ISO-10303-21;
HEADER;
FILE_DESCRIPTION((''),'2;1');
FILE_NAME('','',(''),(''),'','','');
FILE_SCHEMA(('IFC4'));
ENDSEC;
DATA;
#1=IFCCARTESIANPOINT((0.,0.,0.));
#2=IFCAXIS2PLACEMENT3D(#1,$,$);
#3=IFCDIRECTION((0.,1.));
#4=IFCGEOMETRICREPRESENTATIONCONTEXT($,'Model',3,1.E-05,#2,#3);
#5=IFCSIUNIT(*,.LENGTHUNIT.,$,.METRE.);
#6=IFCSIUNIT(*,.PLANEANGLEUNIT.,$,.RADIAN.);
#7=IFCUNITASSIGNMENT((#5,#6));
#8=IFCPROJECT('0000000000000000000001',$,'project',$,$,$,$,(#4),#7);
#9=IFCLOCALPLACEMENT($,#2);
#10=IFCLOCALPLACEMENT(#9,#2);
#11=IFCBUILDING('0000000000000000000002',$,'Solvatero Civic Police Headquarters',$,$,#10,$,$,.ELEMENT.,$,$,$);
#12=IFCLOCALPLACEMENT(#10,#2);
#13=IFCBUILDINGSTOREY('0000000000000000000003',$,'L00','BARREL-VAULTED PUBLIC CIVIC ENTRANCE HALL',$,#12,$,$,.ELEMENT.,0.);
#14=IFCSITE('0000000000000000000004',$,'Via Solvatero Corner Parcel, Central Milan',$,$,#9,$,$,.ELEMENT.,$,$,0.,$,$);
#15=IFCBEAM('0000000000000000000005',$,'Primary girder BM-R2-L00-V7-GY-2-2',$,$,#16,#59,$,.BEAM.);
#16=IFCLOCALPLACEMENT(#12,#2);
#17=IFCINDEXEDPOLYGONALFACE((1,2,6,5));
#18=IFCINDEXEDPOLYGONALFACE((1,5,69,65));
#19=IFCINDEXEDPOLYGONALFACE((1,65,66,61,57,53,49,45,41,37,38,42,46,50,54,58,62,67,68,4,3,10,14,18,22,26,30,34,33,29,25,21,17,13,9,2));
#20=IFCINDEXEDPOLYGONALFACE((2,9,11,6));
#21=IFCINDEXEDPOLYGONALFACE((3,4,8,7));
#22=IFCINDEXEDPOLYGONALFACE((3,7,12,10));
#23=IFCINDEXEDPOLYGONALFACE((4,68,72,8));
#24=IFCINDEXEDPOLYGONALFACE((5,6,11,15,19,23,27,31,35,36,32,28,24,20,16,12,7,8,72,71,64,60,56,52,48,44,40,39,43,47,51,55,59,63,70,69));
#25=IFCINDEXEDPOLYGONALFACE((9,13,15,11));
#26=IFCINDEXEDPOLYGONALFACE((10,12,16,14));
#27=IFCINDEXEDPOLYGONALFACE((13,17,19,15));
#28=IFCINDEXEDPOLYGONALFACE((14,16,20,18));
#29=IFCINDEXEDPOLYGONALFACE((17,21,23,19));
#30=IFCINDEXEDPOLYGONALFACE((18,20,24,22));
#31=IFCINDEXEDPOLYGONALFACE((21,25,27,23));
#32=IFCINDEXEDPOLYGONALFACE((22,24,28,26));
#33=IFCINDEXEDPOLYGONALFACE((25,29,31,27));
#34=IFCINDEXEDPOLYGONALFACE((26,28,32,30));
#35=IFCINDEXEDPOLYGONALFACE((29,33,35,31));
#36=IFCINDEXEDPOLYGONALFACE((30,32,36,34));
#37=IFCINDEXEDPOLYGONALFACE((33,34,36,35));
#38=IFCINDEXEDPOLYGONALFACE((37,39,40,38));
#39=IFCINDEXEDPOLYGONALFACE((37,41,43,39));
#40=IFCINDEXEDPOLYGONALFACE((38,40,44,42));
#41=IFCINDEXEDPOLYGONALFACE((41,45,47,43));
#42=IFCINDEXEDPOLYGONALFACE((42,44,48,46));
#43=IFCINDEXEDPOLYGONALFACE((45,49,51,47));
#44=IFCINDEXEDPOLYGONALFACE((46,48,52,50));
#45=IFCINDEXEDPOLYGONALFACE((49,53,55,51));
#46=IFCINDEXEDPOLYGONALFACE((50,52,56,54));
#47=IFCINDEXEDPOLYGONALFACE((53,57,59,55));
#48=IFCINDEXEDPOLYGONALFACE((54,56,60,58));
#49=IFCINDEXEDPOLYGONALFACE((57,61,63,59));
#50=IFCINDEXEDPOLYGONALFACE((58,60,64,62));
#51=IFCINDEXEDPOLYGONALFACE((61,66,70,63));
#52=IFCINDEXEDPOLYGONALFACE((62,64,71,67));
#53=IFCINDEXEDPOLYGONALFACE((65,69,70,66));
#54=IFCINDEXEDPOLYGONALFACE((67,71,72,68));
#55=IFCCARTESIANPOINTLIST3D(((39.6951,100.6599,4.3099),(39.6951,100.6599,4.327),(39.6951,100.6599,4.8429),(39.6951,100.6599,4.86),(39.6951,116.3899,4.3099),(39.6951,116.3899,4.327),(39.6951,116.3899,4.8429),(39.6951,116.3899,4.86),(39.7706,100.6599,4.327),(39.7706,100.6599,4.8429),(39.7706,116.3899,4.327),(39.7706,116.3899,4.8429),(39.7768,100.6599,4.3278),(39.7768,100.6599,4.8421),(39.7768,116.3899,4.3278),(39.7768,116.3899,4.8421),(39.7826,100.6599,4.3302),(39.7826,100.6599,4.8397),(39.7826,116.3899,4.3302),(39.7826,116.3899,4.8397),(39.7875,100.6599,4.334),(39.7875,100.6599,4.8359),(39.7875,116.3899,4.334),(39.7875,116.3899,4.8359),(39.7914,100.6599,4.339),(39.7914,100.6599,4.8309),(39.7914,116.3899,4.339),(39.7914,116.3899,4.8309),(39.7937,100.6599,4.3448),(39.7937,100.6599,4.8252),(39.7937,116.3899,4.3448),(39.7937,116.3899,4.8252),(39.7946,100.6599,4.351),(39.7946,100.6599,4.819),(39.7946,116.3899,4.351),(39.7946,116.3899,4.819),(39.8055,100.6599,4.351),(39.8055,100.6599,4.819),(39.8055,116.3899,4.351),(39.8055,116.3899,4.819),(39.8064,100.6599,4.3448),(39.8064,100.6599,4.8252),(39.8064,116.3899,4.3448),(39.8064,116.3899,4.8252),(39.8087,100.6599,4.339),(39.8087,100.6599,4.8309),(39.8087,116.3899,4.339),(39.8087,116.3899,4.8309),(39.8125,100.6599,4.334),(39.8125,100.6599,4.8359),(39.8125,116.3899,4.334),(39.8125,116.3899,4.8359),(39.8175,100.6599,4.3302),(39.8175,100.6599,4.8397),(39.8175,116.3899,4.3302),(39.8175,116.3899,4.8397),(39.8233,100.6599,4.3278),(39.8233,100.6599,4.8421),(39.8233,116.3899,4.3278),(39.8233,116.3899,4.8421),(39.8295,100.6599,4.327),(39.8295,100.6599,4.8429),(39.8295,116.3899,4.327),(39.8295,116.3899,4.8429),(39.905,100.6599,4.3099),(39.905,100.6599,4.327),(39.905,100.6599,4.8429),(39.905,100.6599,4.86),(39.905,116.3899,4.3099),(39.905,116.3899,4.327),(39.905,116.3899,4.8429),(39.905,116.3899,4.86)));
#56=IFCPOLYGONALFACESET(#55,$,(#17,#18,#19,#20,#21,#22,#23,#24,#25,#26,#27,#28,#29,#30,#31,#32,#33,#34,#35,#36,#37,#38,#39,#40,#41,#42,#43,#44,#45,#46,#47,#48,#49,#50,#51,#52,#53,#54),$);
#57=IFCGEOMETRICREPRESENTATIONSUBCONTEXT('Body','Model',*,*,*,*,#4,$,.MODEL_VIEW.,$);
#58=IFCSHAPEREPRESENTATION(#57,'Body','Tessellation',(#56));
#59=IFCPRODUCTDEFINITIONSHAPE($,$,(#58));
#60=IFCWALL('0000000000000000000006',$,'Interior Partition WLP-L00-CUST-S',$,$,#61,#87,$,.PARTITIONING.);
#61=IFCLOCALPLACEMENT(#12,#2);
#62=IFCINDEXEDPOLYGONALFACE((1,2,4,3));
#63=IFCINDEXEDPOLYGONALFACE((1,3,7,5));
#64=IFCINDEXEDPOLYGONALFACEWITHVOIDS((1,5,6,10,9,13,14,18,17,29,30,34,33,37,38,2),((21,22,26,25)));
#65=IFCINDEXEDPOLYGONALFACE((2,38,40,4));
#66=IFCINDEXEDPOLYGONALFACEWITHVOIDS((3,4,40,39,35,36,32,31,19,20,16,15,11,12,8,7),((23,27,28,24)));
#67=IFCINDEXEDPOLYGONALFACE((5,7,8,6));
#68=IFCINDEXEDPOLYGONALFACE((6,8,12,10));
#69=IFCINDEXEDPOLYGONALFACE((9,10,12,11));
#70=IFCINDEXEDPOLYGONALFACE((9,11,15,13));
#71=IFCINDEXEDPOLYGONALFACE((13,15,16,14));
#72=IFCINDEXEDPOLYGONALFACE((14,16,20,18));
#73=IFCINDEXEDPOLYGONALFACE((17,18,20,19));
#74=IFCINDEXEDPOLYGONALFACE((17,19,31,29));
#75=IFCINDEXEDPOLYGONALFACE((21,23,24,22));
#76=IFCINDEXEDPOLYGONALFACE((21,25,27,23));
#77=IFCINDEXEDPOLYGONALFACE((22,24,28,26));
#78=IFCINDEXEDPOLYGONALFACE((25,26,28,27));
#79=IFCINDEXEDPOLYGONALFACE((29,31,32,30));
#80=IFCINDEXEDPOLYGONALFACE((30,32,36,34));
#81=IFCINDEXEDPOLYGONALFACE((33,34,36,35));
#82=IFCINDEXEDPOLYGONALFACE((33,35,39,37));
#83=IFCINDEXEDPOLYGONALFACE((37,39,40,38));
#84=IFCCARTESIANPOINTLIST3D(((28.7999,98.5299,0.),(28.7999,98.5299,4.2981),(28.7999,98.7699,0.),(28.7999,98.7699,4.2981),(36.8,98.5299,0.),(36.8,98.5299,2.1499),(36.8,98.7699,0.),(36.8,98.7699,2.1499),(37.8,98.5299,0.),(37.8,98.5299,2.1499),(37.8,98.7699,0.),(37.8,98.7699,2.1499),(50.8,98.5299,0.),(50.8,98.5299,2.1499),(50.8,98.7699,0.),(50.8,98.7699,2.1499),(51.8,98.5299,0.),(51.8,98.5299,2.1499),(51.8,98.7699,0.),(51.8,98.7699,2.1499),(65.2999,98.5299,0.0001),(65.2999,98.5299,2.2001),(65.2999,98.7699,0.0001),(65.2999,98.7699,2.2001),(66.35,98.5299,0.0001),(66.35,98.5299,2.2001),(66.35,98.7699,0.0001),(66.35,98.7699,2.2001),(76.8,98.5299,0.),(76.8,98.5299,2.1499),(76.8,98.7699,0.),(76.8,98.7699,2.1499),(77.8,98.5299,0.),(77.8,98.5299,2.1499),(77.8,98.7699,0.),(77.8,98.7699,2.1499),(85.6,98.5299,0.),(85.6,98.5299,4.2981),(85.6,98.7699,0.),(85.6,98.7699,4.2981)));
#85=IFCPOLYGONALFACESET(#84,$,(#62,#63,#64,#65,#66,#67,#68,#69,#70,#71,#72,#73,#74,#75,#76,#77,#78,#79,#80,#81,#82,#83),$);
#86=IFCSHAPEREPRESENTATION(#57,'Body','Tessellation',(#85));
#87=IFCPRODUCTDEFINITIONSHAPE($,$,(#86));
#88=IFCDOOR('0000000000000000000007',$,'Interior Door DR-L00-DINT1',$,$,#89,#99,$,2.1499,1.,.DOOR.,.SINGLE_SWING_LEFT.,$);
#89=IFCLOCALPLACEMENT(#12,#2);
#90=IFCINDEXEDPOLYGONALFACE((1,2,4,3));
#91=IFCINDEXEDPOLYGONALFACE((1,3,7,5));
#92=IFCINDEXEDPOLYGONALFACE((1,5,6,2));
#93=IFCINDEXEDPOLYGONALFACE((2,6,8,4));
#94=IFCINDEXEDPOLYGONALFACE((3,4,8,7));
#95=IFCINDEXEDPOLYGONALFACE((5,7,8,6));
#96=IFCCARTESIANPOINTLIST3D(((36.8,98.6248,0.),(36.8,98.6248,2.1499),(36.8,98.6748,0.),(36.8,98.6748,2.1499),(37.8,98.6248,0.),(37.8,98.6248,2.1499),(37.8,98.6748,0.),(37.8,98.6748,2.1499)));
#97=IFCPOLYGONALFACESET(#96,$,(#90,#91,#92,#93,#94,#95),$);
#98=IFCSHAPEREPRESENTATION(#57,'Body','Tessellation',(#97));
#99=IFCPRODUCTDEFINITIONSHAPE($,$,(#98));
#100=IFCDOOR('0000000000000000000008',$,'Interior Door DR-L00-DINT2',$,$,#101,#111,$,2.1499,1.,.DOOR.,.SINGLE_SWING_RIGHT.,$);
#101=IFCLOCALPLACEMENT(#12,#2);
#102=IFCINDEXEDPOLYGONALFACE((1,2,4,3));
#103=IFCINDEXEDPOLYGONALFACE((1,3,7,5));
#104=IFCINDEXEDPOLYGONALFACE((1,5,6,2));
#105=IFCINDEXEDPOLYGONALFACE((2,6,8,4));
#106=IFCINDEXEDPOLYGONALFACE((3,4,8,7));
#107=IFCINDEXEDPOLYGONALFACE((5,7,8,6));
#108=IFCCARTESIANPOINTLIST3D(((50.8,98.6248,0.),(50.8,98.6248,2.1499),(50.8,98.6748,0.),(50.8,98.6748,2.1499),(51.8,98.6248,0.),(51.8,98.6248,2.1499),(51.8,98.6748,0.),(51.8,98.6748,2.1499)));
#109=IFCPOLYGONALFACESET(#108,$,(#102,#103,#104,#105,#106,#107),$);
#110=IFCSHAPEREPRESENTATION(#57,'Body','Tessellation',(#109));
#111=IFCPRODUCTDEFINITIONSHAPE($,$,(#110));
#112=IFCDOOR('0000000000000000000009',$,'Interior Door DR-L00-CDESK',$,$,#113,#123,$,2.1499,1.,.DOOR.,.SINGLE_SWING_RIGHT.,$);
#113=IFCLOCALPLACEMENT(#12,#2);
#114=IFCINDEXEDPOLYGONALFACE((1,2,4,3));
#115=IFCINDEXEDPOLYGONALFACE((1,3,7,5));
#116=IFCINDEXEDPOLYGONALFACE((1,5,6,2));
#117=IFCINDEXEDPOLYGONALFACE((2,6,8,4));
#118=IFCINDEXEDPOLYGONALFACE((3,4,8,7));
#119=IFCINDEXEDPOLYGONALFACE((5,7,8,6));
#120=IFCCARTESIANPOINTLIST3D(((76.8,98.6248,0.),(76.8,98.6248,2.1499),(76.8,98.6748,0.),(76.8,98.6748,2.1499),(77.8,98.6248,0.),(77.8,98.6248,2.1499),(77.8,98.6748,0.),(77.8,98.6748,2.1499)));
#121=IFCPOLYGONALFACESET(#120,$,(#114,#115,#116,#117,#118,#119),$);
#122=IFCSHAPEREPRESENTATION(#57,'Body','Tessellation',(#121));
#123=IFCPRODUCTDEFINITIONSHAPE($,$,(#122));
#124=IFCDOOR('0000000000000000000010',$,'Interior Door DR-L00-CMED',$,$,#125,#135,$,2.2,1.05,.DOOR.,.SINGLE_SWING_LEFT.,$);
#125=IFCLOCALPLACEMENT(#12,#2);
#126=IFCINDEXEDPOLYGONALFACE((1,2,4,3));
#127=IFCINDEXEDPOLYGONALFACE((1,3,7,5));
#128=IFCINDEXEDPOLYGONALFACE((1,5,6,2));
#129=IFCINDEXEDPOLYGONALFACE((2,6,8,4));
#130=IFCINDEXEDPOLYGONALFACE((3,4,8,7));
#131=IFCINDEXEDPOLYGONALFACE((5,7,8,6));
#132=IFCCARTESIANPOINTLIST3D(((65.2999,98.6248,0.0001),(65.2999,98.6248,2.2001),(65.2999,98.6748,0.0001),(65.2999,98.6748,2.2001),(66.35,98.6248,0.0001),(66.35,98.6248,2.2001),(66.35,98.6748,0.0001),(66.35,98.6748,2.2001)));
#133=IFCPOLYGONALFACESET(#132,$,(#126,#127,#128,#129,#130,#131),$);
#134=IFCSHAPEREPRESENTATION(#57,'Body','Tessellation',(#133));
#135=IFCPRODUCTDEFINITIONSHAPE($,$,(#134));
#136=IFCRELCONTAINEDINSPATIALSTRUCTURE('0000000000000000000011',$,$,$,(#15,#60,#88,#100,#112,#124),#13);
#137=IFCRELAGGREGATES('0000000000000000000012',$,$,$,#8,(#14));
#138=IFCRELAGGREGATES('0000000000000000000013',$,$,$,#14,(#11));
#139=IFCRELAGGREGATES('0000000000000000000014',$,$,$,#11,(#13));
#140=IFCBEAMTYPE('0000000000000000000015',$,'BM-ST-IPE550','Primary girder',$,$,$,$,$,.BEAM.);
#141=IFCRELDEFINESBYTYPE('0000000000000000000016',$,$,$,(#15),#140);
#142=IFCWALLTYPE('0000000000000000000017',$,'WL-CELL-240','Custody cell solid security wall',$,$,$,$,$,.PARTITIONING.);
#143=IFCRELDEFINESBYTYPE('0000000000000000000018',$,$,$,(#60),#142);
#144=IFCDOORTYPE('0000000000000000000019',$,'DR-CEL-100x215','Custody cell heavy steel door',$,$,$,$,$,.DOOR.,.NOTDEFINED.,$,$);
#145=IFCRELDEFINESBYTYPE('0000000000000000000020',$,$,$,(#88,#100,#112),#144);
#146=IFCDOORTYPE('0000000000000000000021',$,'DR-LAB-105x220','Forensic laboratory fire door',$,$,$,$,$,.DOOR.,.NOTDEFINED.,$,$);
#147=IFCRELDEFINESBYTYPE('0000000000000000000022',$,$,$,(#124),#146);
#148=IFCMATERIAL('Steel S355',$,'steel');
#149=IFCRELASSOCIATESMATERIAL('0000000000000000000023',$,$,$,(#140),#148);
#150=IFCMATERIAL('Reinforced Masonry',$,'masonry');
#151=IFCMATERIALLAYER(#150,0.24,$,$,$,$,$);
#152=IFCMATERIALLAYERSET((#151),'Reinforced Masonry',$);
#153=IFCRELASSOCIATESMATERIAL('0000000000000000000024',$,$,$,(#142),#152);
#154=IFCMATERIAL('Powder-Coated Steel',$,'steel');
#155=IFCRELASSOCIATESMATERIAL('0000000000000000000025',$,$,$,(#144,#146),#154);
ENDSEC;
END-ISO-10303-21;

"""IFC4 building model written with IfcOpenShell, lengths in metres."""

from ifc_helpers import new_model, si_unit, direction, frame, frame_2d, origin, origin_2d, place, context, subcontext, project, spatial, rectangle, i_section, extrude, material, layer, layer_set, material_profile, profile_set, type_object, element, fill, save


model = new_model("IFC4")

# Units and contexts
model_context = context("Model", 3, precision=1e-05, world=origin(), true_north=direction((0.0, 1.0)))
body_context = subcontext(model_context, "Body", "Model", "MODEL_VIEW")
ifc_project = project(units=[si_unit("LENGTHUNIT", "METRE"), si_unit("PLANEANGLEUNIT", "RADIAN")], contexts=[model_context])

# Site, building, storey
site_placement = place(None, origin())
site = spatial("IfcSite", under=ifc_project, at=site_placement, Name="Via Solvatero Corner Parcel, Central Milan", CompositionType="ELEMENT", RefElevation=0.0)
building_placement = place(site_placement, origin())
building = spatial("IfcBuilding", under=site, at=building_placement, Name="Solvatero Civic Police Headquarters", CompositionType="ELEMENT")
storey_placement = place(building_placement, origin())
storey = spatial("IfcBuildingStorey", under=building, at=storey_placement, Name="L00", Description="BARREL-VAULTED PUBLIC CIVIC ENTRANCE HALL", CompositionType="ELEMENT", Elevation=0.0)

# Beam
ifc_material_1 = material(Name="Steel S355", Category="steel")
ifc_material_profile_1 = material_profile(ifc_material_1, i_section(OverallWidth=0.21, OverallDepth=0.55, WebThickness=0.011, FlangeThickness=0.0171, FilletRadius=0.0239, at=origin_2d()), Name="IPE 550")
ifc_profile_set_1 = profile_set([ifc_material_profile_1], Name="Steel S355")
beam_type_1 = type_object("IfcBeamType", Name="BM-ST-IPE550", Description="Primary girder", PredefinedType="BEAM", material=ifc_profile_set_1)
beam_1_placement = place(storey_placement, frame((39.8, 100.6599, 4.585), z_axis=(0.0, 1.0, 0.0), x_axis=(-1.0, 0.0, 0.0)))
element("IfcBeam", 1, at=beam_1_placement, inside=storey, type_object=beam_type_1, Name="Primary girder BM-R2-L00-V7-GY-2-2", PredefinedType="BEAM", context=body_context, shape_type="SweptSolid", body=[
    extrude(i_section(OverallWidth=0.21, OverallDepth=0.55, WebThickness=0.011, FlangeThickness=0.0171, FilletRadius=0.0239, at=origin_2d()), origin(), (0.0, 0.0, 1.0), 15.73),
])

# Wall, openings, doors
ifc_material_2 = material(Name="Reinforced Masonry", Category="masonry")
ifc_layer = layer(ifc_material_2, 0.24)
ifc_layer_set = layer_set([ifc_layer], Name="Reinforced Masonry")
wall_type = type_object("IfcWallType", Name="WL-CELL-240", Description="Custody cell solid security wall", PredefinedType="PARTITIONING", material=ifc_layer_set)
wall_placement = place(storey_placement, frame((28.8, 98.6499, 0.0), z_axis=(0.0, 0.0, 1.0), x_axis=(1.0, 0.0, 0.0)))
wall = element("IfcWall", 2, at=wall_placement, inside=storey, type_object=wall_type, Name="Interior Partition WLP-L00-CUST-S", PredefinedType="PARTITIONING", context=body_context, shape_type="SweptSolid", body=[
    extrude(rectangle(XDim=56.8, YDim=0.24, at=frame_2d((28.3999, 0.0))), origin(), (0.0, 0.0, 1.0), 4.2981),
])
opening_1_placement = place(wall_placement, frame((8.0, 0.0, 0.0)))
opening_1 = element("IfcOpeningElement", 3, at=opening_1_placement, cuts=wall, PredefinedType="OPENING", context=body_context, shape_type="SweptSolid", body=[
    extrude(rectangle(XDim=1.0, YDim=2.1499, at=frame_2d((0.5, 1.075))), frame((0.0, 0.1299, 0.0), z_axis=(0.0, -1.0, 0.0), x_axis=(1.0, 0.0, 0.0)), (0.0, 0.0, 1.0), 0.26),
])
opening_2_placement = place(wall_placement, frame((22.0, 0.0, 0.0)))
opening_2 = element("IfcOpeningElement", 4, at=opening_2_placement, cuts=wall, PredefinedType="OPENING", context=body_context, shape_type="SweptSolid", body=[
    extrude(rectangle(XDim=1.0, YDim=2.1499, at=frame_2d((0.5, 1.075))), frame((0.0, 0.1299, 0.0), z_axis=(0.0, -1.0, 0.0), x_axis=(1.0, 0.0, 0.0)), (0.0, 0.0, 1.0), 0.26),
])
opening_3_placement = place(wall_placement, frame((36.5, 0.0, 0.0)))
opening_3 = element("IfcOpeningElement", 5, at=opening_3_placement, cuts=wall, PredefinedType="OPENING", context=body_context, shape_type="SweptSolid", body=[
    extrude(rectangle(XDim=1.05, YDim=2.2, at=frame_2d((0.5249, 1.1001))), frame((0.0, 0.1299, 0.0), z_axis=(0.0, -1.0, 0.0), x_axis=(1.0, 0.0, 0.0)), (0.0, 0.0, 1.0), 0.26),
])
opening_4_placement = place(wall_placement, frame((48.0, 0.0, 0.0)))
opening_4 = element("IfcOpeningElement", 6, at=opening_4_placement, cuts=wall, PredefinedType="OPENING", context=body_context, shape_type="SweptSolid", body=[
    extrude(rectangle(XDim=1.0, YDim=2.1499, at=frame_2d((0.5, 1.075))), frame((0.0, 0.1299, 0.0), z_axis=(0.0, -1.0, 0.0), x_axis=(1.0, 0.0, 0.0)), (0.0, 0.0, 1.0), 0.26),
])
ifc_material_3 = material(Name="Powder-Coated Steel", Category="steel")
door_type_1 = type_object("IfcDoorType", Name="DR-CEL-100x215", Description="Custody cell heavy steel door", OperationType="NOTDEFINED", PredefinedType="DOOR", material=ifc_material_3)
door_1_placement = place(opening_1_placement, origin())
door_1 = element("IfcDoor", 7, at=door_1_placement, inside=storey, type_object=door_type_1, Name="Interior Door DR-L00-DINT1", OperationType="SINGLE_SWING_LEFT", OverallHeight=2.1499, OverallWidth=1.0, PredefinedType="DOOR", context=body_context, shape_type="SweptSolid", body=[
    extrude(rectangle(XDim=1.0, YDim=2.1499, at=frame_2d((0.5, 1.075))), frame((0.0, 0.0249, 0.0), z_axis=(0.0, -1.0, 0.0), x_axis=(1.0, 0.0, 0.0)), (0.0, 0.0, 1.0), 0.05),
])
fill(opening_1, door_1)
door_2_placement = place(opening_2_placement, origin())
door_2 = element("IfcDoor", 8, at=door_2_placement, inside=storey, type_object=door_type_1, Name="Interior Door DR-L00-DINT2", OperationType="SINGLE_SWING_RIGHT", OverallHeight=2.1499, OverallWidth=1.0, PredefinedType="DOOR", context=body_context, shape_type="SweptSolid", body=[
    extrude(rectangle(XDim=1.0, YDim=2.1499, at=frame_2d((0.5, 1.075))), frame((0.0, 0.0249, 0.0), z_axis=(0.0, -1.0, 0.0), x_axis=(1.0, 0.0, 0.0)), (0.0, 0.0, 1.0), 0.05),
])
fill(opening_2, door_2)
door_3_placement = place(opening_4_placement, origin())
door_3 = element("IfcDoor", 9, at=door_3_placement, inside=storey, type_object=door_type_1, Name="Interior Door DR-L00-CDESK", OperationType="SINGLE_SWING_RIGHT", OverallHeight=2.1499, OverallWidth=1.0, PredefinedType="DOOR", context=body_context, shape_type="SweptSolid", body=[
    extrude(rectangle(XDim=1.0, YDim=2.1499, at=frame_2d((0.5, 1.075))), frame((0.0, 0.0249, 0.0), z_axis=(0.0, -1.0, 0.0), x_axis=(1.0, 0.0, 0.0)), (0.0, 0.0, 1.0), 0.05),
])
fill(opening_4, door_3)
door_type_2 = type_object("IfcDoorType", Name="DR-LAB-105x220", Description="Forensic laboratory fire door", OperationType="NOTDEFINED", PredefinedType="DOOR", material=ifc_material_3)
door_4_placement = place(opening_3_placement, origin())
door_4 = element("IfcDoor", 10, at=door_4_placement, inside=storey, type_object=door_type_2, Name="Interior Door DR-L00-CMED", OperationType="SINGLE_SWING_LEFT", OverallHeight=2.2, OverallWidth=1.05, PredefinedType="DOOR", context=body_context, shape_type="SweptSolid", body=[
    extrude(rectangle(XDim=1.05, YDim=2.2, at=frame_2d((0.5249, 1.1001))), frame((0.0, 0.0249, 0.0), z_axis=(0.0, -1.0, 0.0), x_axis=(1.0, 0.0, 0.0)), (0.0, 0.0, 1.0), 0.05),
])
fill(opening_3, door_4)

save(model, "model.ifc")
